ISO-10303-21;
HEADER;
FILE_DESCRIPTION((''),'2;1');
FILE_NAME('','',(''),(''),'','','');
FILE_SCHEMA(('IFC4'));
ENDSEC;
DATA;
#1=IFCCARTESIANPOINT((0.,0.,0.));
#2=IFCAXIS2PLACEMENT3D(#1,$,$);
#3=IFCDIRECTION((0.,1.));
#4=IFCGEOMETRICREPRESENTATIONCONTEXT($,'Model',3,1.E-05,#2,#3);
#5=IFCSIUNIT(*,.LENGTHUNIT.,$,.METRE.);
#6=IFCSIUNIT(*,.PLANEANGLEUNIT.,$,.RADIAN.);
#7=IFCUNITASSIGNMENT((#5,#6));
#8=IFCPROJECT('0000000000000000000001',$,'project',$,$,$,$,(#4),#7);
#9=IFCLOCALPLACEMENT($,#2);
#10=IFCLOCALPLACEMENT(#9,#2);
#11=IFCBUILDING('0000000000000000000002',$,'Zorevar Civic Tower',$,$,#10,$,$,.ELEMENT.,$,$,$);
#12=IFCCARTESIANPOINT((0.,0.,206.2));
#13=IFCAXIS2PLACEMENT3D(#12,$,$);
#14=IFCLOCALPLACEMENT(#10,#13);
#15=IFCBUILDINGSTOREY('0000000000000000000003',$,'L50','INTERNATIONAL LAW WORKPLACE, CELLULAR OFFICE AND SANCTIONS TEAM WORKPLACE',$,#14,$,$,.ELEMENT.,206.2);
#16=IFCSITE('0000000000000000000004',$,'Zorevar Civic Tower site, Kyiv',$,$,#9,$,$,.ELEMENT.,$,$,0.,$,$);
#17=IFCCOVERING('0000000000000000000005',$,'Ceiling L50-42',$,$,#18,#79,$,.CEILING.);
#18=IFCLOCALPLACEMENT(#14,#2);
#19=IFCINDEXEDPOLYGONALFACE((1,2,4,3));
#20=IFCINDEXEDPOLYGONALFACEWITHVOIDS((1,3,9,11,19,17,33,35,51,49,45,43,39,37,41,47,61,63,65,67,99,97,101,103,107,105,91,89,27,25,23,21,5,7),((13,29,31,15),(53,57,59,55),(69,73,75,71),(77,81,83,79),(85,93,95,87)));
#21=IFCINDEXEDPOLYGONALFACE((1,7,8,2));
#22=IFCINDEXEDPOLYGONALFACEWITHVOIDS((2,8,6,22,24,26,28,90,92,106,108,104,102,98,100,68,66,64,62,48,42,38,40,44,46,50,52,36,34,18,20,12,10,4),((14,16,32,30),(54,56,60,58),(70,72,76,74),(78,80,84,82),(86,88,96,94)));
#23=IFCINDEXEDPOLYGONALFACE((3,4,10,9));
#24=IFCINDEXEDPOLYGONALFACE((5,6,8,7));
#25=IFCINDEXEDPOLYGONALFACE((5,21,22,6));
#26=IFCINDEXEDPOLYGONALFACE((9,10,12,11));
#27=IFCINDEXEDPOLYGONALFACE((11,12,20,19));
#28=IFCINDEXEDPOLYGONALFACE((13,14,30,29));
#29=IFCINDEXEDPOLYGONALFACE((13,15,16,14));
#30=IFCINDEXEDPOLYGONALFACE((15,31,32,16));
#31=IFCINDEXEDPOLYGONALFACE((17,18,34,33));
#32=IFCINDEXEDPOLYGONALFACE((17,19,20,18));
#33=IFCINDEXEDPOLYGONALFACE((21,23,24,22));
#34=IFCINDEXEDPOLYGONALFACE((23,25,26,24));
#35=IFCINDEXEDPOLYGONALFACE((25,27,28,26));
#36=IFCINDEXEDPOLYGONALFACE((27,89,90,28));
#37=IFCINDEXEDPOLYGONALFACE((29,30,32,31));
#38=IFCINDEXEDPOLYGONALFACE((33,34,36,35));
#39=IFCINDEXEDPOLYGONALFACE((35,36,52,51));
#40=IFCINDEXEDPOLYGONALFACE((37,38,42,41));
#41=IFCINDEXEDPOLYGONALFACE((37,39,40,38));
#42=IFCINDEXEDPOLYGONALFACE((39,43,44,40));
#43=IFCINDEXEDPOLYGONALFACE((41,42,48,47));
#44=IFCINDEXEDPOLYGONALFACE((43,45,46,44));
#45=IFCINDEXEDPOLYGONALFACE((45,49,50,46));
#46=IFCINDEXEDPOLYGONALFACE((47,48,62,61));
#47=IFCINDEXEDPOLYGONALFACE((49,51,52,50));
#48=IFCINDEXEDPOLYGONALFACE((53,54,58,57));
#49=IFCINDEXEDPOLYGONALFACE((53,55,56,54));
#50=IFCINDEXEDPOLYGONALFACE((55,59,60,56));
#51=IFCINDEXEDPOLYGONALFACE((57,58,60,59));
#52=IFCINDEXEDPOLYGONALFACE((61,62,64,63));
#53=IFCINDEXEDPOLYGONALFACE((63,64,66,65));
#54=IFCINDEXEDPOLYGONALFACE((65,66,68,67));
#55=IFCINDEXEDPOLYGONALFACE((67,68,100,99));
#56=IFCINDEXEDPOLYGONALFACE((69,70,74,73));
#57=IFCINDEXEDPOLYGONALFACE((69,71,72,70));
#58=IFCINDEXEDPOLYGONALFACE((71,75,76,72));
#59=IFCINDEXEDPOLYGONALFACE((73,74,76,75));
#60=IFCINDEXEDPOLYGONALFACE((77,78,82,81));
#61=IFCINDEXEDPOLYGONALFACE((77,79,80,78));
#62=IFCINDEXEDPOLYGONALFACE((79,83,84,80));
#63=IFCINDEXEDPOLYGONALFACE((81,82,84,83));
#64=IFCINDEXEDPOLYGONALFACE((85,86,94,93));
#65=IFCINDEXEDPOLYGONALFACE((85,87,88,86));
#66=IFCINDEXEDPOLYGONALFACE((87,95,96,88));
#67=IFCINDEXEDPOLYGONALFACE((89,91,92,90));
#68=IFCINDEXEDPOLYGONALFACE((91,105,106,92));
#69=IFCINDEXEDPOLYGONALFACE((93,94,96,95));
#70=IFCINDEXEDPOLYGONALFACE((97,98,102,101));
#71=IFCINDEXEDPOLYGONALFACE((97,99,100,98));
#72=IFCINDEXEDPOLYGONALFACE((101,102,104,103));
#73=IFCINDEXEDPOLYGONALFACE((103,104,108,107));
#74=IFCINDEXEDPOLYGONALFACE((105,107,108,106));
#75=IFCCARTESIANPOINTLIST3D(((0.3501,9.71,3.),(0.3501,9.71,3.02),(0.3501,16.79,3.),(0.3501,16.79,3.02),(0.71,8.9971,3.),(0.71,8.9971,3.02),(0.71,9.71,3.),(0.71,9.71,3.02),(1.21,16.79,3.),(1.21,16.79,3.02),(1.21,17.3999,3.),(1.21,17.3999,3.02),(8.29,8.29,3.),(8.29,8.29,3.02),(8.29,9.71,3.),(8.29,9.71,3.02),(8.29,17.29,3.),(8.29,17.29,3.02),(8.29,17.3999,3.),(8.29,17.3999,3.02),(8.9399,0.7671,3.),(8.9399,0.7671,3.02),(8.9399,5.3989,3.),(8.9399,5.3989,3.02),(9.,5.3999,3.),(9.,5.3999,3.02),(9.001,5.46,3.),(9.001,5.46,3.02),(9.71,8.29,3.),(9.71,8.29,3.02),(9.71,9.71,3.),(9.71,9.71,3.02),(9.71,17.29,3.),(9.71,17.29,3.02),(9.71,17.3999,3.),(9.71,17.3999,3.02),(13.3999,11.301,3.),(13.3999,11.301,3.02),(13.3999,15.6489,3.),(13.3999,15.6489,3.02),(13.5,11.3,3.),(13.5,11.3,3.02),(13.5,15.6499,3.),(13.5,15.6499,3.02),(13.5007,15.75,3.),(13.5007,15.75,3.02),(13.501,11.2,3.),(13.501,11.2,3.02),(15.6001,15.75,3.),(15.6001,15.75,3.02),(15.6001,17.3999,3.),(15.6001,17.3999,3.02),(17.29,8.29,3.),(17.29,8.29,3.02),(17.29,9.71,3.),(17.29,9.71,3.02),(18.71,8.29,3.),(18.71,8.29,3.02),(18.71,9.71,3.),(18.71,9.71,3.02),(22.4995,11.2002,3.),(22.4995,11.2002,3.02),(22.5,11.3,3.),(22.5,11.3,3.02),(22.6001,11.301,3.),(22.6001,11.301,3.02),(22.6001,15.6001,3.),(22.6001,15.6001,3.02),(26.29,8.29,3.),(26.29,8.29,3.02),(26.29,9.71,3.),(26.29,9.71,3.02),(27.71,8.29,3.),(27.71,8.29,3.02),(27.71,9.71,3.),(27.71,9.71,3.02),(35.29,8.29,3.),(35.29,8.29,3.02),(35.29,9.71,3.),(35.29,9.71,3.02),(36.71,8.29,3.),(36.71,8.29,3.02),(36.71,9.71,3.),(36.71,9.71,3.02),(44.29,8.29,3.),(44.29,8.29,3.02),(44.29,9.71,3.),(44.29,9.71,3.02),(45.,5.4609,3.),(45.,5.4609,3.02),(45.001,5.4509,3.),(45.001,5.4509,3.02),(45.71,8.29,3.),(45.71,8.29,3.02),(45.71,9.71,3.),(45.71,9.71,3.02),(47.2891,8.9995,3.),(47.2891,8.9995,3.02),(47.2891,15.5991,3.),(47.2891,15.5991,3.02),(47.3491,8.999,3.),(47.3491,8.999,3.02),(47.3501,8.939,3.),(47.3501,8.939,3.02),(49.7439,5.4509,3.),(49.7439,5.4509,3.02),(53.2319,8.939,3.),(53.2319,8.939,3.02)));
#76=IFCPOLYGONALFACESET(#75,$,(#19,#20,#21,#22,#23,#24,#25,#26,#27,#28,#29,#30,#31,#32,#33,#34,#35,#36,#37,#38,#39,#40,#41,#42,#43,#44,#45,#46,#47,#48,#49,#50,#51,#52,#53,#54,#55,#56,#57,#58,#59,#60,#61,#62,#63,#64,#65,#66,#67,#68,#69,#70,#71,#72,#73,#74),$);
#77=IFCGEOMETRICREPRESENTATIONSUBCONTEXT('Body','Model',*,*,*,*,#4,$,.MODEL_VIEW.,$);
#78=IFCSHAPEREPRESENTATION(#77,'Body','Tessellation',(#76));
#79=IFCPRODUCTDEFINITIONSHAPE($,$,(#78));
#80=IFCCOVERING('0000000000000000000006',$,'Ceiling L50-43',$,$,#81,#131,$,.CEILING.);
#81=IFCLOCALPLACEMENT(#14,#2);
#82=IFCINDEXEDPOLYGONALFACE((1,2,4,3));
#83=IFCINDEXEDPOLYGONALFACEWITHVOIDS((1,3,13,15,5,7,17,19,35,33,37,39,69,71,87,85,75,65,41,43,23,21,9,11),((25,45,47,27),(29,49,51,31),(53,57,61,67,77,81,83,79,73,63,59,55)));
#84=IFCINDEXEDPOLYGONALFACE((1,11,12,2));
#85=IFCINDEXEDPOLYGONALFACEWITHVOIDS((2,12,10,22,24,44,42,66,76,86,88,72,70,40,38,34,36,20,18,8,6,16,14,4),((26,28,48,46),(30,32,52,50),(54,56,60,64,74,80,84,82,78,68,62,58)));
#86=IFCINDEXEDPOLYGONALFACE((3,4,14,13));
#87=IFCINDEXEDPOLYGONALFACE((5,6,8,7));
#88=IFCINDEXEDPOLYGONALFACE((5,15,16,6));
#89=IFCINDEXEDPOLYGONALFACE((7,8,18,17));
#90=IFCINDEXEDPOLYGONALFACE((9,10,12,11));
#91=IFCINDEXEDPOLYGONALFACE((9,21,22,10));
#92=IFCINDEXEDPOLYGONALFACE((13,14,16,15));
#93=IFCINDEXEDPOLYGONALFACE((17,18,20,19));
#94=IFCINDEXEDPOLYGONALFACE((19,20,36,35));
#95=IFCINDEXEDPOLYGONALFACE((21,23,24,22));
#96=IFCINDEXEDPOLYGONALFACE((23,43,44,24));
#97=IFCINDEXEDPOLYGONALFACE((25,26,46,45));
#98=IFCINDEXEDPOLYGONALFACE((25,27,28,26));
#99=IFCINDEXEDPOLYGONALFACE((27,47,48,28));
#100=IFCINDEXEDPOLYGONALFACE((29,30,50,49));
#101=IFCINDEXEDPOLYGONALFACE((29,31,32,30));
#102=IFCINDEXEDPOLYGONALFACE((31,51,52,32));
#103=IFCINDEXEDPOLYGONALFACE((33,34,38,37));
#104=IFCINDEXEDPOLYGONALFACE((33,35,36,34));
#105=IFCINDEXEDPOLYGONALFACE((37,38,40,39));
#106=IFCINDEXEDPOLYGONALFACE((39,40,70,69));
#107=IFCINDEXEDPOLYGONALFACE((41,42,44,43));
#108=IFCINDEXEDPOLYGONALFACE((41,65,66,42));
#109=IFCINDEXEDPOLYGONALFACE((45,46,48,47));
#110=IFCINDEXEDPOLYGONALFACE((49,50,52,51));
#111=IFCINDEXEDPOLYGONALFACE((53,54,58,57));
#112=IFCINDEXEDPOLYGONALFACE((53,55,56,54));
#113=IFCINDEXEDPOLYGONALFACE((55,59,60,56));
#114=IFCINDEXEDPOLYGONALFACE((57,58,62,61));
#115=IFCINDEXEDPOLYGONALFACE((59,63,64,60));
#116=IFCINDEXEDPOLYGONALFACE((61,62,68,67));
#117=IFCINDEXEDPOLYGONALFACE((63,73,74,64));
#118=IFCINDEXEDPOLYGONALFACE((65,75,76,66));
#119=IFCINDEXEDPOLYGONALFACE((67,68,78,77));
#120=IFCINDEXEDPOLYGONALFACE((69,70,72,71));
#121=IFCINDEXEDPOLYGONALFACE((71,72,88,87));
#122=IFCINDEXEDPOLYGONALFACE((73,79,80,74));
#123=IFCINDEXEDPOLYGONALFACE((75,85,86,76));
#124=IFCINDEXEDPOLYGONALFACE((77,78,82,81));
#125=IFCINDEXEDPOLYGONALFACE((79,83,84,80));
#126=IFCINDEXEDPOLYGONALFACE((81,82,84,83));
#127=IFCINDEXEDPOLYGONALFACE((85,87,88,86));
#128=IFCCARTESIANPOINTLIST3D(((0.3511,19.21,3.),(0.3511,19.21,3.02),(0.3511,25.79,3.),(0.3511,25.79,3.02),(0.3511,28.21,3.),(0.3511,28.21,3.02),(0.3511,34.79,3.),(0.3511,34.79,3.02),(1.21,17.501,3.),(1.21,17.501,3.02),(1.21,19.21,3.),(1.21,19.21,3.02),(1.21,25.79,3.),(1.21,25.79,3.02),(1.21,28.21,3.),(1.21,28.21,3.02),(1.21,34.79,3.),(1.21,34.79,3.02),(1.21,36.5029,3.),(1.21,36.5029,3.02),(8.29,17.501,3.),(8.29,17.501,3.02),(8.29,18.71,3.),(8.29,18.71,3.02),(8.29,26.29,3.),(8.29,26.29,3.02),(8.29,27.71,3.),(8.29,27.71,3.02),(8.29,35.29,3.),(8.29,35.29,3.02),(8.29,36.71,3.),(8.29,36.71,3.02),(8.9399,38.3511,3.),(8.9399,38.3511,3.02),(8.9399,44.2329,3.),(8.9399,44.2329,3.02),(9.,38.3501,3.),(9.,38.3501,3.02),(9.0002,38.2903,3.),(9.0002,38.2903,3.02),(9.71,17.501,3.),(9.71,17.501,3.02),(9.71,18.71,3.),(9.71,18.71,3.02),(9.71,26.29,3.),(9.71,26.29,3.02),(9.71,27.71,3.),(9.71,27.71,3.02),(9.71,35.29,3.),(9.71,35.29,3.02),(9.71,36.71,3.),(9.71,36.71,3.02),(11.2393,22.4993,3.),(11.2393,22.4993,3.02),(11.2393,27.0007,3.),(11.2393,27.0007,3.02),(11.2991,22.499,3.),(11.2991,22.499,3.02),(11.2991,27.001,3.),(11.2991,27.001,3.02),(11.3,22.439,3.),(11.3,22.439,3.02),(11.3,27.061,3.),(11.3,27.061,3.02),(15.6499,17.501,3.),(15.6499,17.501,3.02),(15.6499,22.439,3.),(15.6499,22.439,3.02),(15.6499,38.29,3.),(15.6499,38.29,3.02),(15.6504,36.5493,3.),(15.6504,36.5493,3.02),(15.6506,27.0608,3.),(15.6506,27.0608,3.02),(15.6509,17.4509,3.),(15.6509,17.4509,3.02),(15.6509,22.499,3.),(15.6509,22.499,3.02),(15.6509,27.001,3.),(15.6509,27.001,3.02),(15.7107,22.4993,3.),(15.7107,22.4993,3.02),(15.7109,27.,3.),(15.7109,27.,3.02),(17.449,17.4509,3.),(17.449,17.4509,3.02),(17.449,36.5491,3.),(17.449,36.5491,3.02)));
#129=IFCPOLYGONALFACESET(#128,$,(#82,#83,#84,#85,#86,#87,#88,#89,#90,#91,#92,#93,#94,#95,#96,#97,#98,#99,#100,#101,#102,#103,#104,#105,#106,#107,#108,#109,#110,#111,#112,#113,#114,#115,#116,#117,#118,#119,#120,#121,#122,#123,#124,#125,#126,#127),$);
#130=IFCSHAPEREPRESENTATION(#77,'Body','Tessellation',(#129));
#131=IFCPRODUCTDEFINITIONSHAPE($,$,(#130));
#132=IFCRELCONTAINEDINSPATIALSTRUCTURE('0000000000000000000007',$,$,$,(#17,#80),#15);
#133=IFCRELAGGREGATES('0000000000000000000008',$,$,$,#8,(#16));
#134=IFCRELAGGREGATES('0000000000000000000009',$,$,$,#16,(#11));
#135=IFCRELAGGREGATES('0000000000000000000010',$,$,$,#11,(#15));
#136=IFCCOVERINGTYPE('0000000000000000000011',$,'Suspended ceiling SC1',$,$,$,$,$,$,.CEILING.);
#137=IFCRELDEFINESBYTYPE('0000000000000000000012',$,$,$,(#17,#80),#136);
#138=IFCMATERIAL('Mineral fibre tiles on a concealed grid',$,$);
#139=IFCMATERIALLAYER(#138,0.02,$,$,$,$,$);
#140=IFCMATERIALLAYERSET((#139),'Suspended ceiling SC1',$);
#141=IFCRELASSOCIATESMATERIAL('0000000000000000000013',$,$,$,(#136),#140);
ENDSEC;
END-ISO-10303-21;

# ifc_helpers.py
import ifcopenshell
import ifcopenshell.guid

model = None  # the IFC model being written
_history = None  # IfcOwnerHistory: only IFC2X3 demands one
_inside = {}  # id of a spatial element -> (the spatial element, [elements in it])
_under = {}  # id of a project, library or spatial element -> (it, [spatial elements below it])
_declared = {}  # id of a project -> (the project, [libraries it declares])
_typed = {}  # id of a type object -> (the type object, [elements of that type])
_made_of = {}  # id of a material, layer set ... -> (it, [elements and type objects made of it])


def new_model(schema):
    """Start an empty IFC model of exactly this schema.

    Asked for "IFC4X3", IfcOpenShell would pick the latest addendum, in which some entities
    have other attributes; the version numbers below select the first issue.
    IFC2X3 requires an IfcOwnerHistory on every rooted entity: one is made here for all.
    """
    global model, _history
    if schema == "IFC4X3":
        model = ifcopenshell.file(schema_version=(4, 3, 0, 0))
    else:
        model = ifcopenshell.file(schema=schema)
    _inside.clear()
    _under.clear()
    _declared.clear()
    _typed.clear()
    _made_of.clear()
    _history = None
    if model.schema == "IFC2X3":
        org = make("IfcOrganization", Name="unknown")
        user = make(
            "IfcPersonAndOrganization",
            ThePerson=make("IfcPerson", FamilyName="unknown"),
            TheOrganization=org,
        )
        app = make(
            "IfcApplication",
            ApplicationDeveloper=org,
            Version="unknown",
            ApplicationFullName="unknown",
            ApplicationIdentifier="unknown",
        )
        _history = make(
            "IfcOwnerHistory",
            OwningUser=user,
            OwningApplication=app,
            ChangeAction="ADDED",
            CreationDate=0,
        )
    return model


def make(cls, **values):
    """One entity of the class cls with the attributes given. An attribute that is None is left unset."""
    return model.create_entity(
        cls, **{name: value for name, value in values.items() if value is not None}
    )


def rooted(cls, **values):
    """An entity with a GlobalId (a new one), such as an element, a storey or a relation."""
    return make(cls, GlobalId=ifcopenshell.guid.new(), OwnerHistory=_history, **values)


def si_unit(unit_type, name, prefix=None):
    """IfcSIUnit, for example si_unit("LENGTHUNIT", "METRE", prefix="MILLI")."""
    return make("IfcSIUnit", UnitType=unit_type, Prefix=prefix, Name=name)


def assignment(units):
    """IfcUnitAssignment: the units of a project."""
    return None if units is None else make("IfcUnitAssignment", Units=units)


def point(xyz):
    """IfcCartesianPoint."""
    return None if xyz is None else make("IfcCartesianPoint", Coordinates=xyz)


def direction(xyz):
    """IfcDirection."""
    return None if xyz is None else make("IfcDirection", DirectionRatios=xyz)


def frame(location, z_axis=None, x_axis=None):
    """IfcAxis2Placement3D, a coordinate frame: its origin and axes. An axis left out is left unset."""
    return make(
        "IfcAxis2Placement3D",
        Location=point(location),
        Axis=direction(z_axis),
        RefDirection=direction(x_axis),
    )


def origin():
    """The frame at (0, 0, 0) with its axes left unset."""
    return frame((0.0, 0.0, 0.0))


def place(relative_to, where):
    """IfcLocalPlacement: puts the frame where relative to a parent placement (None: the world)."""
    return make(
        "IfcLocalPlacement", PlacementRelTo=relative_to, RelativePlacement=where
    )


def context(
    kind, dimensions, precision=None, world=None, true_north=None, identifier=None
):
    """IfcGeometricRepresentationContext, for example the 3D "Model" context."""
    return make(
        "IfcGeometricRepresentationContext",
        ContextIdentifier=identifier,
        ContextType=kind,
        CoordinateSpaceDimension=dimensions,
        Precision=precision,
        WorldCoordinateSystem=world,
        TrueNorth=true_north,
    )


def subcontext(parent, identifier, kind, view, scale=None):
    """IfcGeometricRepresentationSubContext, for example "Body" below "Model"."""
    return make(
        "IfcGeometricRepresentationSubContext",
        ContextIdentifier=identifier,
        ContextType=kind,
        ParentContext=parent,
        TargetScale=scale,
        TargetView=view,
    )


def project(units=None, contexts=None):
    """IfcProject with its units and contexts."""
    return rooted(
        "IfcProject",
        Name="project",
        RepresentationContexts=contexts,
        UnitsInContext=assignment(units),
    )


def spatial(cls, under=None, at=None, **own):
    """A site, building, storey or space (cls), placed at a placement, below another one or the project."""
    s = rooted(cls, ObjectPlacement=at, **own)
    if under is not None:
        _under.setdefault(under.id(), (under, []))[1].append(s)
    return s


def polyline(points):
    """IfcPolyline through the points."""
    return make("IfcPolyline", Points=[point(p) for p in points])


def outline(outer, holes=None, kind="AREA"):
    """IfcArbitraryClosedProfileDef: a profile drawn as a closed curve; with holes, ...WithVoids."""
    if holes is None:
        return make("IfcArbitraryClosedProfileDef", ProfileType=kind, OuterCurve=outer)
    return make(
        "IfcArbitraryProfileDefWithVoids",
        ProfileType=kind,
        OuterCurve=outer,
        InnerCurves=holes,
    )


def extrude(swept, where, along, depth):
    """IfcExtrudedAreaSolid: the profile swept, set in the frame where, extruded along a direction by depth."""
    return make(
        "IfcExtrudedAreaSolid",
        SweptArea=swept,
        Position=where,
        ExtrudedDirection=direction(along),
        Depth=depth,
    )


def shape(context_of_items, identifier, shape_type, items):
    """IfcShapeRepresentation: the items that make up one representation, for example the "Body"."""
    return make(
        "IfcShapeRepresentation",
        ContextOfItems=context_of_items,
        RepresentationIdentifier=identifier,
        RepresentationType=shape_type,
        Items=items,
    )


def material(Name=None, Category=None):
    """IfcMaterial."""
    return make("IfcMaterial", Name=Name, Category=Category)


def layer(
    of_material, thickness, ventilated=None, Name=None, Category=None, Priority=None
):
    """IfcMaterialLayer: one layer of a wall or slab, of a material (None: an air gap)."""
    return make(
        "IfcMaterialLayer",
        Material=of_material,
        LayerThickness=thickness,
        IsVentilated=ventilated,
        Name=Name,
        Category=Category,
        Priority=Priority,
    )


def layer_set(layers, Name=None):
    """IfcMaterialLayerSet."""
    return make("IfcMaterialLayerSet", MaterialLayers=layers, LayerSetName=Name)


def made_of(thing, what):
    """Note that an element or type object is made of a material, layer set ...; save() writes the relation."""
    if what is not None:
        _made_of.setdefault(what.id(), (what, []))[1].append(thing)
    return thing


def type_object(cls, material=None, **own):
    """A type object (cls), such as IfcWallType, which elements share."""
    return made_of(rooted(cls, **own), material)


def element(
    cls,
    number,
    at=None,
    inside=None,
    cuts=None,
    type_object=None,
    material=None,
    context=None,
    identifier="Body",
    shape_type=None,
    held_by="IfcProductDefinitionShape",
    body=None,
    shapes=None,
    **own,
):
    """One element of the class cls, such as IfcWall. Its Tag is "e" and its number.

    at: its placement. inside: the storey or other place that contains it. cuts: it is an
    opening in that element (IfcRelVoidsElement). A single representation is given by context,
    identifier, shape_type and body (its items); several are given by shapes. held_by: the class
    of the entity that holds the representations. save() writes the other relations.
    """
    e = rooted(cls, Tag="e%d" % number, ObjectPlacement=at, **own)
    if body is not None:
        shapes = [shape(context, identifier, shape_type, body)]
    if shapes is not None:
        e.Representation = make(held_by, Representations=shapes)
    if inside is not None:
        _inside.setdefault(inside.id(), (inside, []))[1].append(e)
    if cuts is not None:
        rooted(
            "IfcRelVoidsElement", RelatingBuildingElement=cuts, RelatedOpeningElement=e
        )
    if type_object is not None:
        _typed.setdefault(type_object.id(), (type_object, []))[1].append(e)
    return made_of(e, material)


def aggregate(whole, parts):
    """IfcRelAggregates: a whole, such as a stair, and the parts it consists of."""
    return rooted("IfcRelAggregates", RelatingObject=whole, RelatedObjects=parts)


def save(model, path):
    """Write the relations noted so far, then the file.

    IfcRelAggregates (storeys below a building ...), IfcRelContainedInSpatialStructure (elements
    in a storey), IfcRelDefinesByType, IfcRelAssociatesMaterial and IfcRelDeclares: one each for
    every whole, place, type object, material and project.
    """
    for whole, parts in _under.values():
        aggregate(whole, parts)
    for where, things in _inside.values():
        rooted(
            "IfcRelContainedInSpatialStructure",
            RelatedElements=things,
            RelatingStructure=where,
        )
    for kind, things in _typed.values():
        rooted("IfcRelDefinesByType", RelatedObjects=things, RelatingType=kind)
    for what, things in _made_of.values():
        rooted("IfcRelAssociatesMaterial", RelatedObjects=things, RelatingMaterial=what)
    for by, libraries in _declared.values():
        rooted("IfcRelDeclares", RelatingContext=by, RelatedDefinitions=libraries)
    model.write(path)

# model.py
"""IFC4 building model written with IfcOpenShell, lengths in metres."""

from ifc_helpers import new_model, si_unit, direction, frame, origin, place, context, subcontext, project, spatial, polyline, outline, extrude, material, layer, layer_set, type_object, element, save


model = new_model("IFC4")

# Units and contexts
model_context = context("Model", 3, precision=1e-05, world=origin(), true_north=direction((0.0, 1.0)))
body_context = subcontext(model_context, "Body", "Model", "MODEL_VIEW")
ifc_project = project(units=[si_unit("LENGTHUNIT", "METRE"), si_unit("PLANEANGLEUNIT", "RADIAN")], contexts=[model_context])

# Site, building, storey
site_placement = place(None, origin())
site = spatial("IfcSite", under=ifc_project, at=site_placement, Name="Zorevar Civic Tower site, Kyiv", CompositionType="ELEMENT", RefElevation=0.0)
building_placement = place(site_placement, origin())
building = spatial("IfcBuilding", under=site, at=building_placement, Name="Zorevar Civic Tower", CompositionType="ELEMENT")
storey_placement = place(building_placement, frame((0.0, 0.0, 206.2)))
storey = spatial("IfcBuildingStorey", under=building, at=storey_placement, Name="L50", Description="INTERNATIONAL LAW WORKPLACE, CELLULAR OFFICE AND SANCTIONS TEAM WORKPLACE", CompositionType="ELEMENT", Elevation=206.2)

# Coverings
ifc_material_1 = material(Name="Mineral fibre tiles on a concealed grid")
ifc_layer_1 = layer(ifc_material_1, 0.02)
ifc_layer_set_1 = layer_set([ifc_layer_1], Name="Suspended ceiling SC1")
covering_type_1 = type_object("IfcCoveringType", Name="Suspended ceiling SC1", PredefinedType="CEILING", material=ifc_layer_set_1)
covering_1_placement = place(storey_placement, frame((0.0, 0.0, 3.0)))
element("IfcCovering", 1, at=covering_1_placement, inside=storey, type_object=covering_type_1, Name="Ceiling L50-42", PredefinedType="CEILING", context=body_context, shape_type="SweptSolid", body=[
    extrude(outline(polyline([(47.3491, 8.999), (47.3501, 8.939), (53.2319, 8.939), (49.7439, 5.4509), (45.001, 5.4509), (45.0, 5.4609), (9.001, 5.46), (9.0, 5.3999), (8.9399, 5.3989), (8.9399, 0.7671), (0.71, 8.9971), (0.71, 9.71), (0.3501, 9.71), (0.3501, 16.79), (1.21, 16.79), (1.21, 17.3999), (8.29, 17.3999), (8.29, 17.29), (9.71, 17.29), (9.71, 17.3999), (15.6001, 17.3999), (15.6001, 15.75), (13.5007, 15.75), (13.5, 15.6499), (13.3999, 15.6489), (13.3999, 11.301), (13.5, 11.3), (13.501, 11.2), (22.4995, 11.2002), (22.5, 11.3), (22.6001, 11.301), (22.6001, 15.6001), (47.2891, 15.5991), (47.2891, 8.9995), (47.3491, 8.999)]), holes=[polyline([(9.71, 9.71), (8.29, 9.71), (8.29, 8.29), (9.71, 8.29), (9.71, 9.71)]), polyline([(17.29, 8.29), (18.71, 8.29), (18.71, 9.71), (17.29, 9.71), (17.29, 8.29)]), polyline([(26.29, 9.71), (26.29, 8.29), (27.71, 8.29), (27.71, 9.71), (26.29, 9.71)]), polyline([(36.71, 9.71), (35.29, 9.71), (35.29, 8.29), (36.71, 8.29), (36.71, 9.71)]), polyline([(45.71, 8.29), (45.71, 9.71), (44.29, 9.71), (44.29, 8.29), (45.71, 8.29)])]), origin(), (0.0, 0.0, 1.0), 0.02),
])
covering_2_placement = place(storey_placement, frame((0.0, 0.0, 3.0)))
element("IfcCovering", 2, at=covering_2_placement, inside=storey, type_object=covering_type_1, Name="Ceiling L50-43", PredefinedType="CEILING", context=body_context, shape_type="SweptSolid", body=[
    extrude(outline(polyline([(8.9399, 38.3511), (9.0, 38.3501), (9.0002, 38.2903), (15.6499, 38.29), (15.6504, 36.5493), (17.449, 36.5491), (17.449, 17.4509), (15.6509, 17.4509), (15.6499, 17.501), (9.71, 17.501), (9.71, 18.71), (8.29, 18.71), (8.29, 17.501), (1.21, 17.501), (1.21, 19.21), (0.3511, 19.21), (0.3511, 25.79), (1.21, 25.79), (1.21, 28.21), (0.3511, 28.21), (0.3511, 34.79), (1.21, 34.79), (1.21, 36.5029), (8.9399, 44.2329), (8.9399, 38.3511)]), holes=[polyline([(15.6506, 27.0608), (11.3, 27.061), (11.2991, 27.001), (11.2393, 27.0007), (11.2393, 22.4993), (11.2991, 22.499), (11.3, 22.439), (15.6499, 22.439), (15.6509, 22.499), (15.7107, 22.4993), (15.7109, 27.0), (15.6509, 27.001), (15.6506, 27.0608)]), polyline([(9.71, 26.29), (9.71, 27.71), (8.29, 27.71), (8.29, 26.29), (9.71, 26.29)]), polyline([(8.29, 35.29), (9.71, 35.29), (9.71, 36.71), (8.29, 36.71), (8.29, 35.29)])]), origin(), (0.0, 0.0, 1.0), 0.02),
])

save(model, "model.ifc")
